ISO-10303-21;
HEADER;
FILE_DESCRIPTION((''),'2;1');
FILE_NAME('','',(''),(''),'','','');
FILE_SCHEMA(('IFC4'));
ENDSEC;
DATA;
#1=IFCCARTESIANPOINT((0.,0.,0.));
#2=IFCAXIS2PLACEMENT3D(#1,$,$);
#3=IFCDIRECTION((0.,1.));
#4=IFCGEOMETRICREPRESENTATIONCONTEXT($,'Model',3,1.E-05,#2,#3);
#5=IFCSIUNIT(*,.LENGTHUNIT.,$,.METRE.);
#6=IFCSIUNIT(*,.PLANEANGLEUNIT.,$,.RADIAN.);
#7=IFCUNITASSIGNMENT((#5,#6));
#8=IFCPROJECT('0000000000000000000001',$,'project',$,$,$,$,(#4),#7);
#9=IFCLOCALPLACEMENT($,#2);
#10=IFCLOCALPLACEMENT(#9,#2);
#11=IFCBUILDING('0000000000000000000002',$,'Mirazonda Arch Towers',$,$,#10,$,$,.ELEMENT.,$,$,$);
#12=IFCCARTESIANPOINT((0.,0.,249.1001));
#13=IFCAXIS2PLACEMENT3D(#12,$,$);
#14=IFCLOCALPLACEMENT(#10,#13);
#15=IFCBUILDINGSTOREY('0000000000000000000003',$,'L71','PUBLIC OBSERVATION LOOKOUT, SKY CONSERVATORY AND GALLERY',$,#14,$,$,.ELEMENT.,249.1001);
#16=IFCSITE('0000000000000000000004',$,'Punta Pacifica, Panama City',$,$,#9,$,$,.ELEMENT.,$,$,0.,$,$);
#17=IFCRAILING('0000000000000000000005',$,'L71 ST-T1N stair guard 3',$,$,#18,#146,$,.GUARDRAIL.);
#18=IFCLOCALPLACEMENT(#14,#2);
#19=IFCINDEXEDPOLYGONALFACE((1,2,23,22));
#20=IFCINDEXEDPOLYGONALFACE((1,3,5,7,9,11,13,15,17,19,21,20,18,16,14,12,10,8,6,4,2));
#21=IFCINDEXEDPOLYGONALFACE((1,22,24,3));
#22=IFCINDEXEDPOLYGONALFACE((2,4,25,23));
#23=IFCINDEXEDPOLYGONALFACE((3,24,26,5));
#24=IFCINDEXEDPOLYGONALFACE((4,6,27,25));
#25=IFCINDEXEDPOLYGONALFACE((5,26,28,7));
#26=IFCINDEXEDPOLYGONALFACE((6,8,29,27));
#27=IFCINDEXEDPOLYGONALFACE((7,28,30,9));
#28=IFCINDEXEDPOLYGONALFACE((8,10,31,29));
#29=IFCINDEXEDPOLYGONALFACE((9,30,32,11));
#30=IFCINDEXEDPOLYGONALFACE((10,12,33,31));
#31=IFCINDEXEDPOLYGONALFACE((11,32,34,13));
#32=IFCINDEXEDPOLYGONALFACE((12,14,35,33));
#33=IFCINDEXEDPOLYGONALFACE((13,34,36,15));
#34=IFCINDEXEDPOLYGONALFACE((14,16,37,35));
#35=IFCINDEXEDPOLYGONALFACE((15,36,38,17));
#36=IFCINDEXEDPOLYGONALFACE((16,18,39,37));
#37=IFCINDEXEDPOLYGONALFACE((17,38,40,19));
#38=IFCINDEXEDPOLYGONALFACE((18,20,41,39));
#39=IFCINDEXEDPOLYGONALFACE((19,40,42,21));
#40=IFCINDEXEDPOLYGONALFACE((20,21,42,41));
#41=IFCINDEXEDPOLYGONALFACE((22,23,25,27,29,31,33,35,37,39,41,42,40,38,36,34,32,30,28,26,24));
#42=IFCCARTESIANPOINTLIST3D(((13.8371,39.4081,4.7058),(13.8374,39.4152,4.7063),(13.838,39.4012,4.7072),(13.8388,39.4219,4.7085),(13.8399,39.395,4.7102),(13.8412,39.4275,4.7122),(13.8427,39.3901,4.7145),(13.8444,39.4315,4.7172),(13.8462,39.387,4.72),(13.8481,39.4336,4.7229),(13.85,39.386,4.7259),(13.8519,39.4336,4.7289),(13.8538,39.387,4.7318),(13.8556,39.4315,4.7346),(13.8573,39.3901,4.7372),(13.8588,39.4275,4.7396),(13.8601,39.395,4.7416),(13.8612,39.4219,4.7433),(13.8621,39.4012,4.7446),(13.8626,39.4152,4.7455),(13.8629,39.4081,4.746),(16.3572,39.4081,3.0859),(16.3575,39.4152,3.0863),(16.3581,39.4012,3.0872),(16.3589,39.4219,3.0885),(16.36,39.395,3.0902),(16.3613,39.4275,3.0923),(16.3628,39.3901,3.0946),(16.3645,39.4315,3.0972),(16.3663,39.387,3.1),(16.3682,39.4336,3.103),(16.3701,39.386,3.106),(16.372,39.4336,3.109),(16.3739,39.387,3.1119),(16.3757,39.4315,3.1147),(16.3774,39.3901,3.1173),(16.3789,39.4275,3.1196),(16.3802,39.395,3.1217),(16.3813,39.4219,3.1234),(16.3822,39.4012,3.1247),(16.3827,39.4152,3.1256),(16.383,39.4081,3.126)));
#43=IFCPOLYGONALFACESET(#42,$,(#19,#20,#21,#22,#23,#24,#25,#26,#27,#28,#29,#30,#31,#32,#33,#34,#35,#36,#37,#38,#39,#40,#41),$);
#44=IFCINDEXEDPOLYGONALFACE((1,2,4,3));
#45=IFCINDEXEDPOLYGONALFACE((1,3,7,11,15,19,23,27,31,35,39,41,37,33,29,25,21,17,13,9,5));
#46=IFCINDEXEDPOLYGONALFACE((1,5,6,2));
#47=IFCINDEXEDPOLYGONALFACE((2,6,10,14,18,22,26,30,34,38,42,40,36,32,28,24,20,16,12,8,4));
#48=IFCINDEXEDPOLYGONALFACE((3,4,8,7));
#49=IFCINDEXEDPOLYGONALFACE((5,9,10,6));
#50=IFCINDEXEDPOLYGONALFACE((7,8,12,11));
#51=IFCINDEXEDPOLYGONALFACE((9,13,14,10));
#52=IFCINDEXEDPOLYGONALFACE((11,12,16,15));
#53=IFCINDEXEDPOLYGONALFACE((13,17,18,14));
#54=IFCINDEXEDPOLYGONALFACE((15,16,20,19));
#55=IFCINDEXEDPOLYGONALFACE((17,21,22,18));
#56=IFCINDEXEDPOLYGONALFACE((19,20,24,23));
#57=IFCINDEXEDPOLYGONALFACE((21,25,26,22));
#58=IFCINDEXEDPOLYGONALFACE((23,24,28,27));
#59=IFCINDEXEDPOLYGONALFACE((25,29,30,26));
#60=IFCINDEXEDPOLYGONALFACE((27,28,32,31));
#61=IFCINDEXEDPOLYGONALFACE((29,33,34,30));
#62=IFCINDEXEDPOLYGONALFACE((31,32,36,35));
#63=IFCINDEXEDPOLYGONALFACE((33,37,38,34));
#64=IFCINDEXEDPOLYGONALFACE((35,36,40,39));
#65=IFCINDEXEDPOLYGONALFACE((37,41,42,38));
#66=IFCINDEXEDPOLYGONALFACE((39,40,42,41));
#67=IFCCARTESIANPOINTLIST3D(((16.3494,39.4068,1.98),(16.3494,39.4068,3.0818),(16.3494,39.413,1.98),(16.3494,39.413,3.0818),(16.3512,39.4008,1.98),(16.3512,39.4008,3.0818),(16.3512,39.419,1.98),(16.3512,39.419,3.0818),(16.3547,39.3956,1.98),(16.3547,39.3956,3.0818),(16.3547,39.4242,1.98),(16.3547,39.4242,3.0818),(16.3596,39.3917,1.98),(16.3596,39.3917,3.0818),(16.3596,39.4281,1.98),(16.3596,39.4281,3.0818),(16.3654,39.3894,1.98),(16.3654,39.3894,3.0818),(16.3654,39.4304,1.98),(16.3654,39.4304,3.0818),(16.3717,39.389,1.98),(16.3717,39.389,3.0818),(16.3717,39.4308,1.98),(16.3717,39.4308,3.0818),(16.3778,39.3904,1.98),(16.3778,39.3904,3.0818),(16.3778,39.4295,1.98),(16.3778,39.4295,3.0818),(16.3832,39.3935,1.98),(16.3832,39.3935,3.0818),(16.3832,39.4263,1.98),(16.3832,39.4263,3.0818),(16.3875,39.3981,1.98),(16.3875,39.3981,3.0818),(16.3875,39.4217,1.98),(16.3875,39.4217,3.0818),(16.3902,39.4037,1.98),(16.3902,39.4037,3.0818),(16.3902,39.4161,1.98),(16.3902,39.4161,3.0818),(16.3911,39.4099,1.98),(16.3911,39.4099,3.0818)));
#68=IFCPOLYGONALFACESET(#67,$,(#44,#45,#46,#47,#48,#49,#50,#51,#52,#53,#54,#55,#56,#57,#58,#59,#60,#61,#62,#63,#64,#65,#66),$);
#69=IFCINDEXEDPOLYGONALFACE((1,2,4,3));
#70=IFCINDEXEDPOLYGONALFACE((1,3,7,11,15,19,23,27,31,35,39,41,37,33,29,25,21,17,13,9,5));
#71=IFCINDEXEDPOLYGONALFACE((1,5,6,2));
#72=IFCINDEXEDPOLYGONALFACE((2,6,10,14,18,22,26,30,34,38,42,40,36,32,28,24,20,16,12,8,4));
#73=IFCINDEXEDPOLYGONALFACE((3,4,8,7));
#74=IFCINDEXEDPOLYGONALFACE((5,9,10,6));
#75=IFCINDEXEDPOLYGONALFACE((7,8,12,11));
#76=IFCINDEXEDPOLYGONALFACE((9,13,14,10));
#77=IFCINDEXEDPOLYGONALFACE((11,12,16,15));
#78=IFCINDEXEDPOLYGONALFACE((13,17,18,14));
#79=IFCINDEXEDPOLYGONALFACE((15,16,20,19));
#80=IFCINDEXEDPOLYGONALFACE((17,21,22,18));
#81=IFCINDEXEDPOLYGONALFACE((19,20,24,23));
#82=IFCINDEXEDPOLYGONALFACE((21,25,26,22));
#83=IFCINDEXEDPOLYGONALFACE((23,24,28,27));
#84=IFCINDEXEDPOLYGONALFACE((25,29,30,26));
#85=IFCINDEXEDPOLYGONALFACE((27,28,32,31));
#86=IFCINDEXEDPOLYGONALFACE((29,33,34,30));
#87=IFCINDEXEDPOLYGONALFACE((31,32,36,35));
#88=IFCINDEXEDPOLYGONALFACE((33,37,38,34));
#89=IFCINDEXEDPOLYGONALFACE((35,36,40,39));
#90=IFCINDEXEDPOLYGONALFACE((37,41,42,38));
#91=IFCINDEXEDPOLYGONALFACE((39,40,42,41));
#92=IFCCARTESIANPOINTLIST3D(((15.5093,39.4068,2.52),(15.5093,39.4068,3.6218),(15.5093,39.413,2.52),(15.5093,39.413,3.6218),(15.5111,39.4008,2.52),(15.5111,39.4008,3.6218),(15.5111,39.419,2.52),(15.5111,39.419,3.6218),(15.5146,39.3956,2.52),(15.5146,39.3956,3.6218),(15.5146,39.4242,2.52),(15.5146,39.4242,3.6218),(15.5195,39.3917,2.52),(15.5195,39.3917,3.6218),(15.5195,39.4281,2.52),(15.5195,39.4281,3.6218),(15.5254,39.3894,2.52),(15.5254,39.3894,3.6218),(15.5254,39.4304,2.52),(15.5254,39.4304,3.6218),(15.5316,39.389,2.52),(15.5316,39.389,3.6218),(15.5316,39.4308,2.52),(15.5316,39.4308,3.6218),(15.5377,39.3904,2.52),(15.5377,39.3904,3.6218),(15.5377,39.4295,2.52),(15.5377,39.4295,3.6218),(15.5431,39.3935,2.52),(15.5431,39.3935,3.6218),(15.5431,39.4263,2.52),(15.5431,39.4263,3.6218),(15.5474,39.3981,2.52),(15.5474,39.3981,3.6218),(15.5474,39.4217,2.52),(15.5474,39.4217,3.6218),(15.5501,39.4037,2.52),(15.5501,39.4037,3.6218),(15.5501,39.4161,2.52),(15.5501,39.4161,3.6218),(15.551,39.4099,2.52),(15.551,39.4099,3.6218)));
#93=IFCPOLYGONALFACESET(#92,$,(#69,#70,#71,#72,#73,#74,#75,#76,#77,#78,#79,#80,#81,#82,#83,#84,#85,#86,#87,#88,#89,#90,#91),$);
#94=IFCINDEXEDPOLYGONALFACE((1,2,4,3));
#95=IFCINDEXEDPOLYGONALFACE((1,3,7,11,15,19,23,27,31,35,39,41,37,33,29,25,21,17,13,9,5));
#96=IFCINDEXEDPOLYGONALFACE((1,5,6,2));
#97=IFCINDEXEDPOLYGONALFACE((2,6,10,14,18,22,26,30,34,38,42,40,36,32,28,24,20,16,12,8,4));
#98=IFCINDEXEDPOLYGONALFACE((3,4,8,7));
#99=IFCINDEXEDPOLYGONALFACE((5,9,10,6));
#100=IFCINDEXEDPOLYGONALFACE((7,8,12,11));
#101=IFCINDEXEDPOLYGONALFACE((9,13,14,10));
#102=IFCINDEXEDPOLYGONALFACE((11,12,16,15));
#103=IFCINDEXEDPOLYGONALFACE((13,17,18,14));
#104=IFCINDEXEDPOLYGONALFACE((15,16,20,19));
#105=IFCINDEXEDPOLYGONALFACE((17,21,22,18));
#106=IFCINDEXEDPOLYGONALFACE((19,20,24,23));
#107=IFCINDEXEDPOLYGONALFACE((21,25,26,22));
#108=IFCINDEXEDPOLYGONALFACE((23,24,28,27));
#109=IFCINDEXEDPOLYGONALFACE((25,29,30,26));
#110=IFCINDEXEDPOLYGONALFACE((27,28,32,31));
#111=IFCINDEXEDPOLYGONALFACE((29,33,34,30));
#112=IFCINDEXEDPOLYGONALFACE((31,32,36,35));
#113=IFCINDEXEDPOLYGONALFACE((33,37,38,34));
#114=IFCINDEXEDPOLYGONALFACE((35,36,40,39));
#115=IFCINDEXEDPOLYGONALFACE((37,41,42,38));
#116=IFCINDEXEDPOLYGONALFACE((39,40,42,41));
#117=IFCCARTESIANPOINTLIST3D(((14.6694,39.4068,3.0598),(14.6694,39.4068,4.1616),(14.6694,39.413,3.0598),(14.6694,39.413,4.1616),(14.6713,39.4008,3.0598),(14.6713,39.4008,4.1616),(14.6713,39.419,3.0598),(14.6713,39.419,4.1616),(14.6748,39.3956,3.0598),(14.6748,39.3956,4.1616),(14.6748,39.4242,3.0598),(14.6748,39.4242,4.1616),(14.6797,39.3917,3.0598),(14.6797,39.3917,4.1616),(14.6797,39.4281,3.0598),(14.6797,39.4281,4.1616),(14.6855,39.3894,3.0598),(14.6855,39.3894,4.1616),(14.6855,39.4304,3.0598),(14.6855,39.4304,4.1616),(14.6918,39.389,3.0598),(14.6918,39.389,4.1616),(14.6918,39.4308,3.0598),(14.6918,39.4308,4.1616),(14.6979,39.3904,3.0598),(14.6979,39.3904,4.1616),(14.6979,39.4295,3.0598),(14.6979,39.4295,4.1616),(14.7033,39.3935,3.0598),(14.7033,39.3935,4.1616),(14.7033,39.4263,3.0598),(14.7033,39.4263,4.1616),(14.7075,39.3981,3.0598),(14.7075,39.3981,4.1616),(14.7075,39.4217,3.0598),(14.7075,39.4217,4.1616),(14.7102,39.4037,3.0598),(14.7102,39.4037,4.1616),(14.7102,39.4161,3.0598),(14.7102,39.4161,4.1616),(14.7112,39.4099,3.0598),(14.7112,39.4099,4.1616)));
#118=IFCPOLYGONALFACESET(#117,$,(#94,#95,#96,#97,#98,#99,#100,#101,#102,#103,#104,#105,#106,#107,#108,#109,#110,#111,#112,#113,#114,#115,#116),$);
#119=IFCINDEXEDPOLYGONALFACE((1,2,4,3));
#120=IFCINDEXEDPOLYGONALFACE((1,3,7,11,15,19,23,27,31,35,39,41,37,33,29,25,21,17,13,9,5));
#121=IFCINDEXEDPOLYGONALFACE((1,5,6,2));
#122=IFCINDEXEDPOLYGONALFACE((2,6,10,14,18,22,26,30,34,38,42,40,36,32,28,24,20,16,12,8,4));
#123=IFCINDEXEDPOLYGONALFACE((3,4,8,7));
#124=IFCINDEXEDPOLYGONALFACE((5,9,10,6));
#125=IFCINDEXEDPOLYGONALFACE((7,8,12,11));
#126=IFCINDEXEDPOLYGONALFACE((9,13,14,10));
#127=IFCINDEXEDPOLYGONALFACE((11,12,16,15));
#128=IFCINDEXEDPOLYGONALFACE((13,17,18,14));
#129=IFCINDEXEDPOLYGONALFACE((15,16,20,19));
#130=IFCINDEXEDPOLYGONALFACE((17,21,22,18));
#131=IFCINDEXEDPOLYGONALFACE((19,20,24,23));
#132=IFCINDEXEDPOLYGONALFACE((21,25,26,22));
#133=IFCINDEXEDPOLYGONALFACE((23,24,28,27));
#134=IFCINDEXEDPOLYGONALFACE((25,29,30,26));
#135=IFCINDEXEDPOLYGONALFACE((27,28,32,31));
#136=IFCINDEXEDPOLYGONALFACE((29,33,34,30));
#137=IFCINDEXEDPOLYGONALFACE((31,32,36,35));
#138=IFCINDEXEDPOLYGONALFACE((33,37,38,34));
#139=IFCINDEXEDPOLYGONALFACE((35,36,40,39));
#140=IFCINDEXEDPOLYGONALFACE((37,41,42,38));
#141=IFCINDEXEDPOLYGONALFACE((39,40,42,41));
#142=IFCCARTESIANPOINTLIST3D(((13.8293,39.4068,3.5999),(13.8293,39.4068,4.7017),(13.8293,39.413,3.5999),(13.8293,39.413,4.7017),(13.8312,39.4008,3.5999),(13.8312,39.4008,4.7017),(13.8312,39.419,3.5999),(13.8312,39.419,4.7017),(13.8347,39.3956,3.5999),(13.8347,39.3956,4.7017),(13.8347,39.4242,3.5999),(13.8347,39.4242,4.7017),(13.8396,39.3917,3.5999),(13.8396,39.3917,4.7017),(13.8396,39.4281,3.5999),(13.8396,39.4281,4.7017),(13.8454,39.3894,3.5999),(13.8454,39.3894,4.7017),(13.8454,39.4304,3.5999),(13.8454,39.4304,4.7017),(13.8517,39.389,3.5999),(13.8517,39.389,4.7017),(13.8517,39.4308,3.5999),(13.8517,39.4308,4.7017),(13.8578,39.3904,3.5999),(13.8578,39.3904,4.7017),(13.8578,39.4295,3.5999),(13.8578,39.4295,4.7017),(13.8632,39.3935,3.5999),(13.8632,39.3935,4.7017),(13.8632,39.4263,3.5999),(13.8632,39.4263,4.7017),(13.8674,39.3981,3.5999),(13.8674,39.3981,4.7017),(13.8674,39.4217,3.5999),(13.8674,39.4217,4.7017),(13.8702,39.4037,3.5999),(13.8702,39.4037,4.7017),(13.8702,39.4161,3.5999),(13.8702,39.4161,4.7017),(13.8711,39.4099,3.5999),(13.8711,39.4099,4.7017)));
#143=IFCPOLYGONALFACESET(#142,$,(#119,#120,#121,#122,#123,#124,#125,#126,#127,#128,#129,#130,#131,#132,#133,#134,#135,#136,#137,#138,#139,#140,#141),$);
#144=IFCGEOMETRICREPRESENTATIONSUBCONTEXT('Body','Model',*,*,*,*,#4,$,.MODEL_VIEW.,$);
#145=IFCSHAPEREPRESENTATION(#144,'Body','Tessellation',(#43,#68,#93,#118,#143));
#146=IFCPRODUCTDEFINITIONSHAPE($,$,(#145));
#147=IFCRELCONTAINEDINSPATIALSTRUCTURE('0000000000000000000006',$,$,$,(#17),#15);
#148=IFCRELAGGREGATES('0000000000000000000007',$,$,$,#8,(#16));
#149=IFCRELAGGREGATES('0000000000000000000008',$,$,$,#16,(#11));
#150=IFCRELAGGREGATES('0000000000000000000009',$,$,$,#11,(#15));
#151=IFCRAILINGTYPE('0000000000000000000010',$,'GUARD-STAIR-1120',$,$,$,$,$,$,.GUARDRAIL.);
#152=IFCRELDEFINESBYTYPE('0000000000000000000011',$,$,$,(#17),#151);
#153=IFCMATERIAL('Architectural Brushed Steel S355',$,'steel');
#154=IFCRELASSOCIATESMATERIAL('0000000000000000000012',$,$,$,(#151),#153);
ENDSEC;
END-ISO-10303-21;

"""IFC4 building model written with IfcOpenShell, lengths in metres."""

from ifc_helpers import new_model, si_unit, direction, frame, origin, origin_2d, place, context, subcontext, project, spatial, circle, extrude, material, type_object, element, save


model = new_model("IFC4")

# Units and contexts
model_context = context("Model", 3, precision=1e-05, world=origin(), true_north=direction((0.0, 1.0)))
body_context = subcontext(model_context, "Body", "Model", "MODEL_VIEW")
ifc_project = project(units=[si_unit("LENGTHUNIT", "METRE"), si_unit("PLANEANGLEUNIT", "RADIAN")], contexts=[model_context])

# Site, building, storey
site_placement = place(None, origin())
site = spatial("IfcSite", under=ifc_project, at=site_placement, Name="Punta Pacifica, Panama City", CompositionType="ELEMENT", RefElevation=0.0)
building_placement = place(site_placement, origin())
building = spatial("IfcBuilding", under=site, at=building_placement, Name="Mirazonda Arch Towers", CompositionType="ELEMENT")
storey_placement = place(building_placement, frame((0.0, 0.0, 249.1001)))
storey = spatial("IfcBuildingStorey", under=building, at=storey_placement, Name="L71", Description="PUBLIC OBSERVATION LOOKOUT, SKY CONSERVATORY AND GALLERY", CompositionType="ELEMENT", Elevation=249.1001)

# Shared definitions
ifc_material_1 = material(Name="Architectural Brushed Steel S355", Category="steel")

# Railing
railing_type_1 = type_object("IfcRailingType", Name="GUARD-STAIR-1120", PredefinedType="GUARDRAIL", material=ifc_material_1)
railing_1_placement = place(storey_placement, frame((16.3701, 39.4099, 1.98)))
element("IfcRailing", 1, at=railing_1_placement, inside=storey, type_object=railing_type_1, Name="L71 ST-T1N stair guard 3", PredefinedType="GUARDRAIL", context=body_context, shape_type="SweptSolid", body=[
    extrude(circle(Radius=0.0239, at=origin_2d()), frame((0.0, 0.0, 1.126), z_axis=(-0.8412, 0.0, 0.540725), x_axis=(0.0, -1.0, 0.0)), (0.0, 0.0, 1.0), 2.9958),
    extrude(circle(Radius=0.021, at=origin_2d()), origin(), (0.0, 0.0, 1.0), 1.1018),
    extrude(circle(Radius=0.021, at=origin_2d()), frame((-0.8401, 0.0, 0.54)), (0.0, 0.0, 1.0), 1.1018),
    extrude(circle(Radius=0.021, at=origin_2d()), frame((-1.6799, 0.0, 1.0798)), (0.0, 0.0, 1.0), 1.1018),
    extrude(circle(Radius=0.021, at=origin_2d()), frame((-2.52, 0.0, 1.6199)), (0.0, 0.0, 1.0), 1.1018),
])

save(model, "model.ifc")
